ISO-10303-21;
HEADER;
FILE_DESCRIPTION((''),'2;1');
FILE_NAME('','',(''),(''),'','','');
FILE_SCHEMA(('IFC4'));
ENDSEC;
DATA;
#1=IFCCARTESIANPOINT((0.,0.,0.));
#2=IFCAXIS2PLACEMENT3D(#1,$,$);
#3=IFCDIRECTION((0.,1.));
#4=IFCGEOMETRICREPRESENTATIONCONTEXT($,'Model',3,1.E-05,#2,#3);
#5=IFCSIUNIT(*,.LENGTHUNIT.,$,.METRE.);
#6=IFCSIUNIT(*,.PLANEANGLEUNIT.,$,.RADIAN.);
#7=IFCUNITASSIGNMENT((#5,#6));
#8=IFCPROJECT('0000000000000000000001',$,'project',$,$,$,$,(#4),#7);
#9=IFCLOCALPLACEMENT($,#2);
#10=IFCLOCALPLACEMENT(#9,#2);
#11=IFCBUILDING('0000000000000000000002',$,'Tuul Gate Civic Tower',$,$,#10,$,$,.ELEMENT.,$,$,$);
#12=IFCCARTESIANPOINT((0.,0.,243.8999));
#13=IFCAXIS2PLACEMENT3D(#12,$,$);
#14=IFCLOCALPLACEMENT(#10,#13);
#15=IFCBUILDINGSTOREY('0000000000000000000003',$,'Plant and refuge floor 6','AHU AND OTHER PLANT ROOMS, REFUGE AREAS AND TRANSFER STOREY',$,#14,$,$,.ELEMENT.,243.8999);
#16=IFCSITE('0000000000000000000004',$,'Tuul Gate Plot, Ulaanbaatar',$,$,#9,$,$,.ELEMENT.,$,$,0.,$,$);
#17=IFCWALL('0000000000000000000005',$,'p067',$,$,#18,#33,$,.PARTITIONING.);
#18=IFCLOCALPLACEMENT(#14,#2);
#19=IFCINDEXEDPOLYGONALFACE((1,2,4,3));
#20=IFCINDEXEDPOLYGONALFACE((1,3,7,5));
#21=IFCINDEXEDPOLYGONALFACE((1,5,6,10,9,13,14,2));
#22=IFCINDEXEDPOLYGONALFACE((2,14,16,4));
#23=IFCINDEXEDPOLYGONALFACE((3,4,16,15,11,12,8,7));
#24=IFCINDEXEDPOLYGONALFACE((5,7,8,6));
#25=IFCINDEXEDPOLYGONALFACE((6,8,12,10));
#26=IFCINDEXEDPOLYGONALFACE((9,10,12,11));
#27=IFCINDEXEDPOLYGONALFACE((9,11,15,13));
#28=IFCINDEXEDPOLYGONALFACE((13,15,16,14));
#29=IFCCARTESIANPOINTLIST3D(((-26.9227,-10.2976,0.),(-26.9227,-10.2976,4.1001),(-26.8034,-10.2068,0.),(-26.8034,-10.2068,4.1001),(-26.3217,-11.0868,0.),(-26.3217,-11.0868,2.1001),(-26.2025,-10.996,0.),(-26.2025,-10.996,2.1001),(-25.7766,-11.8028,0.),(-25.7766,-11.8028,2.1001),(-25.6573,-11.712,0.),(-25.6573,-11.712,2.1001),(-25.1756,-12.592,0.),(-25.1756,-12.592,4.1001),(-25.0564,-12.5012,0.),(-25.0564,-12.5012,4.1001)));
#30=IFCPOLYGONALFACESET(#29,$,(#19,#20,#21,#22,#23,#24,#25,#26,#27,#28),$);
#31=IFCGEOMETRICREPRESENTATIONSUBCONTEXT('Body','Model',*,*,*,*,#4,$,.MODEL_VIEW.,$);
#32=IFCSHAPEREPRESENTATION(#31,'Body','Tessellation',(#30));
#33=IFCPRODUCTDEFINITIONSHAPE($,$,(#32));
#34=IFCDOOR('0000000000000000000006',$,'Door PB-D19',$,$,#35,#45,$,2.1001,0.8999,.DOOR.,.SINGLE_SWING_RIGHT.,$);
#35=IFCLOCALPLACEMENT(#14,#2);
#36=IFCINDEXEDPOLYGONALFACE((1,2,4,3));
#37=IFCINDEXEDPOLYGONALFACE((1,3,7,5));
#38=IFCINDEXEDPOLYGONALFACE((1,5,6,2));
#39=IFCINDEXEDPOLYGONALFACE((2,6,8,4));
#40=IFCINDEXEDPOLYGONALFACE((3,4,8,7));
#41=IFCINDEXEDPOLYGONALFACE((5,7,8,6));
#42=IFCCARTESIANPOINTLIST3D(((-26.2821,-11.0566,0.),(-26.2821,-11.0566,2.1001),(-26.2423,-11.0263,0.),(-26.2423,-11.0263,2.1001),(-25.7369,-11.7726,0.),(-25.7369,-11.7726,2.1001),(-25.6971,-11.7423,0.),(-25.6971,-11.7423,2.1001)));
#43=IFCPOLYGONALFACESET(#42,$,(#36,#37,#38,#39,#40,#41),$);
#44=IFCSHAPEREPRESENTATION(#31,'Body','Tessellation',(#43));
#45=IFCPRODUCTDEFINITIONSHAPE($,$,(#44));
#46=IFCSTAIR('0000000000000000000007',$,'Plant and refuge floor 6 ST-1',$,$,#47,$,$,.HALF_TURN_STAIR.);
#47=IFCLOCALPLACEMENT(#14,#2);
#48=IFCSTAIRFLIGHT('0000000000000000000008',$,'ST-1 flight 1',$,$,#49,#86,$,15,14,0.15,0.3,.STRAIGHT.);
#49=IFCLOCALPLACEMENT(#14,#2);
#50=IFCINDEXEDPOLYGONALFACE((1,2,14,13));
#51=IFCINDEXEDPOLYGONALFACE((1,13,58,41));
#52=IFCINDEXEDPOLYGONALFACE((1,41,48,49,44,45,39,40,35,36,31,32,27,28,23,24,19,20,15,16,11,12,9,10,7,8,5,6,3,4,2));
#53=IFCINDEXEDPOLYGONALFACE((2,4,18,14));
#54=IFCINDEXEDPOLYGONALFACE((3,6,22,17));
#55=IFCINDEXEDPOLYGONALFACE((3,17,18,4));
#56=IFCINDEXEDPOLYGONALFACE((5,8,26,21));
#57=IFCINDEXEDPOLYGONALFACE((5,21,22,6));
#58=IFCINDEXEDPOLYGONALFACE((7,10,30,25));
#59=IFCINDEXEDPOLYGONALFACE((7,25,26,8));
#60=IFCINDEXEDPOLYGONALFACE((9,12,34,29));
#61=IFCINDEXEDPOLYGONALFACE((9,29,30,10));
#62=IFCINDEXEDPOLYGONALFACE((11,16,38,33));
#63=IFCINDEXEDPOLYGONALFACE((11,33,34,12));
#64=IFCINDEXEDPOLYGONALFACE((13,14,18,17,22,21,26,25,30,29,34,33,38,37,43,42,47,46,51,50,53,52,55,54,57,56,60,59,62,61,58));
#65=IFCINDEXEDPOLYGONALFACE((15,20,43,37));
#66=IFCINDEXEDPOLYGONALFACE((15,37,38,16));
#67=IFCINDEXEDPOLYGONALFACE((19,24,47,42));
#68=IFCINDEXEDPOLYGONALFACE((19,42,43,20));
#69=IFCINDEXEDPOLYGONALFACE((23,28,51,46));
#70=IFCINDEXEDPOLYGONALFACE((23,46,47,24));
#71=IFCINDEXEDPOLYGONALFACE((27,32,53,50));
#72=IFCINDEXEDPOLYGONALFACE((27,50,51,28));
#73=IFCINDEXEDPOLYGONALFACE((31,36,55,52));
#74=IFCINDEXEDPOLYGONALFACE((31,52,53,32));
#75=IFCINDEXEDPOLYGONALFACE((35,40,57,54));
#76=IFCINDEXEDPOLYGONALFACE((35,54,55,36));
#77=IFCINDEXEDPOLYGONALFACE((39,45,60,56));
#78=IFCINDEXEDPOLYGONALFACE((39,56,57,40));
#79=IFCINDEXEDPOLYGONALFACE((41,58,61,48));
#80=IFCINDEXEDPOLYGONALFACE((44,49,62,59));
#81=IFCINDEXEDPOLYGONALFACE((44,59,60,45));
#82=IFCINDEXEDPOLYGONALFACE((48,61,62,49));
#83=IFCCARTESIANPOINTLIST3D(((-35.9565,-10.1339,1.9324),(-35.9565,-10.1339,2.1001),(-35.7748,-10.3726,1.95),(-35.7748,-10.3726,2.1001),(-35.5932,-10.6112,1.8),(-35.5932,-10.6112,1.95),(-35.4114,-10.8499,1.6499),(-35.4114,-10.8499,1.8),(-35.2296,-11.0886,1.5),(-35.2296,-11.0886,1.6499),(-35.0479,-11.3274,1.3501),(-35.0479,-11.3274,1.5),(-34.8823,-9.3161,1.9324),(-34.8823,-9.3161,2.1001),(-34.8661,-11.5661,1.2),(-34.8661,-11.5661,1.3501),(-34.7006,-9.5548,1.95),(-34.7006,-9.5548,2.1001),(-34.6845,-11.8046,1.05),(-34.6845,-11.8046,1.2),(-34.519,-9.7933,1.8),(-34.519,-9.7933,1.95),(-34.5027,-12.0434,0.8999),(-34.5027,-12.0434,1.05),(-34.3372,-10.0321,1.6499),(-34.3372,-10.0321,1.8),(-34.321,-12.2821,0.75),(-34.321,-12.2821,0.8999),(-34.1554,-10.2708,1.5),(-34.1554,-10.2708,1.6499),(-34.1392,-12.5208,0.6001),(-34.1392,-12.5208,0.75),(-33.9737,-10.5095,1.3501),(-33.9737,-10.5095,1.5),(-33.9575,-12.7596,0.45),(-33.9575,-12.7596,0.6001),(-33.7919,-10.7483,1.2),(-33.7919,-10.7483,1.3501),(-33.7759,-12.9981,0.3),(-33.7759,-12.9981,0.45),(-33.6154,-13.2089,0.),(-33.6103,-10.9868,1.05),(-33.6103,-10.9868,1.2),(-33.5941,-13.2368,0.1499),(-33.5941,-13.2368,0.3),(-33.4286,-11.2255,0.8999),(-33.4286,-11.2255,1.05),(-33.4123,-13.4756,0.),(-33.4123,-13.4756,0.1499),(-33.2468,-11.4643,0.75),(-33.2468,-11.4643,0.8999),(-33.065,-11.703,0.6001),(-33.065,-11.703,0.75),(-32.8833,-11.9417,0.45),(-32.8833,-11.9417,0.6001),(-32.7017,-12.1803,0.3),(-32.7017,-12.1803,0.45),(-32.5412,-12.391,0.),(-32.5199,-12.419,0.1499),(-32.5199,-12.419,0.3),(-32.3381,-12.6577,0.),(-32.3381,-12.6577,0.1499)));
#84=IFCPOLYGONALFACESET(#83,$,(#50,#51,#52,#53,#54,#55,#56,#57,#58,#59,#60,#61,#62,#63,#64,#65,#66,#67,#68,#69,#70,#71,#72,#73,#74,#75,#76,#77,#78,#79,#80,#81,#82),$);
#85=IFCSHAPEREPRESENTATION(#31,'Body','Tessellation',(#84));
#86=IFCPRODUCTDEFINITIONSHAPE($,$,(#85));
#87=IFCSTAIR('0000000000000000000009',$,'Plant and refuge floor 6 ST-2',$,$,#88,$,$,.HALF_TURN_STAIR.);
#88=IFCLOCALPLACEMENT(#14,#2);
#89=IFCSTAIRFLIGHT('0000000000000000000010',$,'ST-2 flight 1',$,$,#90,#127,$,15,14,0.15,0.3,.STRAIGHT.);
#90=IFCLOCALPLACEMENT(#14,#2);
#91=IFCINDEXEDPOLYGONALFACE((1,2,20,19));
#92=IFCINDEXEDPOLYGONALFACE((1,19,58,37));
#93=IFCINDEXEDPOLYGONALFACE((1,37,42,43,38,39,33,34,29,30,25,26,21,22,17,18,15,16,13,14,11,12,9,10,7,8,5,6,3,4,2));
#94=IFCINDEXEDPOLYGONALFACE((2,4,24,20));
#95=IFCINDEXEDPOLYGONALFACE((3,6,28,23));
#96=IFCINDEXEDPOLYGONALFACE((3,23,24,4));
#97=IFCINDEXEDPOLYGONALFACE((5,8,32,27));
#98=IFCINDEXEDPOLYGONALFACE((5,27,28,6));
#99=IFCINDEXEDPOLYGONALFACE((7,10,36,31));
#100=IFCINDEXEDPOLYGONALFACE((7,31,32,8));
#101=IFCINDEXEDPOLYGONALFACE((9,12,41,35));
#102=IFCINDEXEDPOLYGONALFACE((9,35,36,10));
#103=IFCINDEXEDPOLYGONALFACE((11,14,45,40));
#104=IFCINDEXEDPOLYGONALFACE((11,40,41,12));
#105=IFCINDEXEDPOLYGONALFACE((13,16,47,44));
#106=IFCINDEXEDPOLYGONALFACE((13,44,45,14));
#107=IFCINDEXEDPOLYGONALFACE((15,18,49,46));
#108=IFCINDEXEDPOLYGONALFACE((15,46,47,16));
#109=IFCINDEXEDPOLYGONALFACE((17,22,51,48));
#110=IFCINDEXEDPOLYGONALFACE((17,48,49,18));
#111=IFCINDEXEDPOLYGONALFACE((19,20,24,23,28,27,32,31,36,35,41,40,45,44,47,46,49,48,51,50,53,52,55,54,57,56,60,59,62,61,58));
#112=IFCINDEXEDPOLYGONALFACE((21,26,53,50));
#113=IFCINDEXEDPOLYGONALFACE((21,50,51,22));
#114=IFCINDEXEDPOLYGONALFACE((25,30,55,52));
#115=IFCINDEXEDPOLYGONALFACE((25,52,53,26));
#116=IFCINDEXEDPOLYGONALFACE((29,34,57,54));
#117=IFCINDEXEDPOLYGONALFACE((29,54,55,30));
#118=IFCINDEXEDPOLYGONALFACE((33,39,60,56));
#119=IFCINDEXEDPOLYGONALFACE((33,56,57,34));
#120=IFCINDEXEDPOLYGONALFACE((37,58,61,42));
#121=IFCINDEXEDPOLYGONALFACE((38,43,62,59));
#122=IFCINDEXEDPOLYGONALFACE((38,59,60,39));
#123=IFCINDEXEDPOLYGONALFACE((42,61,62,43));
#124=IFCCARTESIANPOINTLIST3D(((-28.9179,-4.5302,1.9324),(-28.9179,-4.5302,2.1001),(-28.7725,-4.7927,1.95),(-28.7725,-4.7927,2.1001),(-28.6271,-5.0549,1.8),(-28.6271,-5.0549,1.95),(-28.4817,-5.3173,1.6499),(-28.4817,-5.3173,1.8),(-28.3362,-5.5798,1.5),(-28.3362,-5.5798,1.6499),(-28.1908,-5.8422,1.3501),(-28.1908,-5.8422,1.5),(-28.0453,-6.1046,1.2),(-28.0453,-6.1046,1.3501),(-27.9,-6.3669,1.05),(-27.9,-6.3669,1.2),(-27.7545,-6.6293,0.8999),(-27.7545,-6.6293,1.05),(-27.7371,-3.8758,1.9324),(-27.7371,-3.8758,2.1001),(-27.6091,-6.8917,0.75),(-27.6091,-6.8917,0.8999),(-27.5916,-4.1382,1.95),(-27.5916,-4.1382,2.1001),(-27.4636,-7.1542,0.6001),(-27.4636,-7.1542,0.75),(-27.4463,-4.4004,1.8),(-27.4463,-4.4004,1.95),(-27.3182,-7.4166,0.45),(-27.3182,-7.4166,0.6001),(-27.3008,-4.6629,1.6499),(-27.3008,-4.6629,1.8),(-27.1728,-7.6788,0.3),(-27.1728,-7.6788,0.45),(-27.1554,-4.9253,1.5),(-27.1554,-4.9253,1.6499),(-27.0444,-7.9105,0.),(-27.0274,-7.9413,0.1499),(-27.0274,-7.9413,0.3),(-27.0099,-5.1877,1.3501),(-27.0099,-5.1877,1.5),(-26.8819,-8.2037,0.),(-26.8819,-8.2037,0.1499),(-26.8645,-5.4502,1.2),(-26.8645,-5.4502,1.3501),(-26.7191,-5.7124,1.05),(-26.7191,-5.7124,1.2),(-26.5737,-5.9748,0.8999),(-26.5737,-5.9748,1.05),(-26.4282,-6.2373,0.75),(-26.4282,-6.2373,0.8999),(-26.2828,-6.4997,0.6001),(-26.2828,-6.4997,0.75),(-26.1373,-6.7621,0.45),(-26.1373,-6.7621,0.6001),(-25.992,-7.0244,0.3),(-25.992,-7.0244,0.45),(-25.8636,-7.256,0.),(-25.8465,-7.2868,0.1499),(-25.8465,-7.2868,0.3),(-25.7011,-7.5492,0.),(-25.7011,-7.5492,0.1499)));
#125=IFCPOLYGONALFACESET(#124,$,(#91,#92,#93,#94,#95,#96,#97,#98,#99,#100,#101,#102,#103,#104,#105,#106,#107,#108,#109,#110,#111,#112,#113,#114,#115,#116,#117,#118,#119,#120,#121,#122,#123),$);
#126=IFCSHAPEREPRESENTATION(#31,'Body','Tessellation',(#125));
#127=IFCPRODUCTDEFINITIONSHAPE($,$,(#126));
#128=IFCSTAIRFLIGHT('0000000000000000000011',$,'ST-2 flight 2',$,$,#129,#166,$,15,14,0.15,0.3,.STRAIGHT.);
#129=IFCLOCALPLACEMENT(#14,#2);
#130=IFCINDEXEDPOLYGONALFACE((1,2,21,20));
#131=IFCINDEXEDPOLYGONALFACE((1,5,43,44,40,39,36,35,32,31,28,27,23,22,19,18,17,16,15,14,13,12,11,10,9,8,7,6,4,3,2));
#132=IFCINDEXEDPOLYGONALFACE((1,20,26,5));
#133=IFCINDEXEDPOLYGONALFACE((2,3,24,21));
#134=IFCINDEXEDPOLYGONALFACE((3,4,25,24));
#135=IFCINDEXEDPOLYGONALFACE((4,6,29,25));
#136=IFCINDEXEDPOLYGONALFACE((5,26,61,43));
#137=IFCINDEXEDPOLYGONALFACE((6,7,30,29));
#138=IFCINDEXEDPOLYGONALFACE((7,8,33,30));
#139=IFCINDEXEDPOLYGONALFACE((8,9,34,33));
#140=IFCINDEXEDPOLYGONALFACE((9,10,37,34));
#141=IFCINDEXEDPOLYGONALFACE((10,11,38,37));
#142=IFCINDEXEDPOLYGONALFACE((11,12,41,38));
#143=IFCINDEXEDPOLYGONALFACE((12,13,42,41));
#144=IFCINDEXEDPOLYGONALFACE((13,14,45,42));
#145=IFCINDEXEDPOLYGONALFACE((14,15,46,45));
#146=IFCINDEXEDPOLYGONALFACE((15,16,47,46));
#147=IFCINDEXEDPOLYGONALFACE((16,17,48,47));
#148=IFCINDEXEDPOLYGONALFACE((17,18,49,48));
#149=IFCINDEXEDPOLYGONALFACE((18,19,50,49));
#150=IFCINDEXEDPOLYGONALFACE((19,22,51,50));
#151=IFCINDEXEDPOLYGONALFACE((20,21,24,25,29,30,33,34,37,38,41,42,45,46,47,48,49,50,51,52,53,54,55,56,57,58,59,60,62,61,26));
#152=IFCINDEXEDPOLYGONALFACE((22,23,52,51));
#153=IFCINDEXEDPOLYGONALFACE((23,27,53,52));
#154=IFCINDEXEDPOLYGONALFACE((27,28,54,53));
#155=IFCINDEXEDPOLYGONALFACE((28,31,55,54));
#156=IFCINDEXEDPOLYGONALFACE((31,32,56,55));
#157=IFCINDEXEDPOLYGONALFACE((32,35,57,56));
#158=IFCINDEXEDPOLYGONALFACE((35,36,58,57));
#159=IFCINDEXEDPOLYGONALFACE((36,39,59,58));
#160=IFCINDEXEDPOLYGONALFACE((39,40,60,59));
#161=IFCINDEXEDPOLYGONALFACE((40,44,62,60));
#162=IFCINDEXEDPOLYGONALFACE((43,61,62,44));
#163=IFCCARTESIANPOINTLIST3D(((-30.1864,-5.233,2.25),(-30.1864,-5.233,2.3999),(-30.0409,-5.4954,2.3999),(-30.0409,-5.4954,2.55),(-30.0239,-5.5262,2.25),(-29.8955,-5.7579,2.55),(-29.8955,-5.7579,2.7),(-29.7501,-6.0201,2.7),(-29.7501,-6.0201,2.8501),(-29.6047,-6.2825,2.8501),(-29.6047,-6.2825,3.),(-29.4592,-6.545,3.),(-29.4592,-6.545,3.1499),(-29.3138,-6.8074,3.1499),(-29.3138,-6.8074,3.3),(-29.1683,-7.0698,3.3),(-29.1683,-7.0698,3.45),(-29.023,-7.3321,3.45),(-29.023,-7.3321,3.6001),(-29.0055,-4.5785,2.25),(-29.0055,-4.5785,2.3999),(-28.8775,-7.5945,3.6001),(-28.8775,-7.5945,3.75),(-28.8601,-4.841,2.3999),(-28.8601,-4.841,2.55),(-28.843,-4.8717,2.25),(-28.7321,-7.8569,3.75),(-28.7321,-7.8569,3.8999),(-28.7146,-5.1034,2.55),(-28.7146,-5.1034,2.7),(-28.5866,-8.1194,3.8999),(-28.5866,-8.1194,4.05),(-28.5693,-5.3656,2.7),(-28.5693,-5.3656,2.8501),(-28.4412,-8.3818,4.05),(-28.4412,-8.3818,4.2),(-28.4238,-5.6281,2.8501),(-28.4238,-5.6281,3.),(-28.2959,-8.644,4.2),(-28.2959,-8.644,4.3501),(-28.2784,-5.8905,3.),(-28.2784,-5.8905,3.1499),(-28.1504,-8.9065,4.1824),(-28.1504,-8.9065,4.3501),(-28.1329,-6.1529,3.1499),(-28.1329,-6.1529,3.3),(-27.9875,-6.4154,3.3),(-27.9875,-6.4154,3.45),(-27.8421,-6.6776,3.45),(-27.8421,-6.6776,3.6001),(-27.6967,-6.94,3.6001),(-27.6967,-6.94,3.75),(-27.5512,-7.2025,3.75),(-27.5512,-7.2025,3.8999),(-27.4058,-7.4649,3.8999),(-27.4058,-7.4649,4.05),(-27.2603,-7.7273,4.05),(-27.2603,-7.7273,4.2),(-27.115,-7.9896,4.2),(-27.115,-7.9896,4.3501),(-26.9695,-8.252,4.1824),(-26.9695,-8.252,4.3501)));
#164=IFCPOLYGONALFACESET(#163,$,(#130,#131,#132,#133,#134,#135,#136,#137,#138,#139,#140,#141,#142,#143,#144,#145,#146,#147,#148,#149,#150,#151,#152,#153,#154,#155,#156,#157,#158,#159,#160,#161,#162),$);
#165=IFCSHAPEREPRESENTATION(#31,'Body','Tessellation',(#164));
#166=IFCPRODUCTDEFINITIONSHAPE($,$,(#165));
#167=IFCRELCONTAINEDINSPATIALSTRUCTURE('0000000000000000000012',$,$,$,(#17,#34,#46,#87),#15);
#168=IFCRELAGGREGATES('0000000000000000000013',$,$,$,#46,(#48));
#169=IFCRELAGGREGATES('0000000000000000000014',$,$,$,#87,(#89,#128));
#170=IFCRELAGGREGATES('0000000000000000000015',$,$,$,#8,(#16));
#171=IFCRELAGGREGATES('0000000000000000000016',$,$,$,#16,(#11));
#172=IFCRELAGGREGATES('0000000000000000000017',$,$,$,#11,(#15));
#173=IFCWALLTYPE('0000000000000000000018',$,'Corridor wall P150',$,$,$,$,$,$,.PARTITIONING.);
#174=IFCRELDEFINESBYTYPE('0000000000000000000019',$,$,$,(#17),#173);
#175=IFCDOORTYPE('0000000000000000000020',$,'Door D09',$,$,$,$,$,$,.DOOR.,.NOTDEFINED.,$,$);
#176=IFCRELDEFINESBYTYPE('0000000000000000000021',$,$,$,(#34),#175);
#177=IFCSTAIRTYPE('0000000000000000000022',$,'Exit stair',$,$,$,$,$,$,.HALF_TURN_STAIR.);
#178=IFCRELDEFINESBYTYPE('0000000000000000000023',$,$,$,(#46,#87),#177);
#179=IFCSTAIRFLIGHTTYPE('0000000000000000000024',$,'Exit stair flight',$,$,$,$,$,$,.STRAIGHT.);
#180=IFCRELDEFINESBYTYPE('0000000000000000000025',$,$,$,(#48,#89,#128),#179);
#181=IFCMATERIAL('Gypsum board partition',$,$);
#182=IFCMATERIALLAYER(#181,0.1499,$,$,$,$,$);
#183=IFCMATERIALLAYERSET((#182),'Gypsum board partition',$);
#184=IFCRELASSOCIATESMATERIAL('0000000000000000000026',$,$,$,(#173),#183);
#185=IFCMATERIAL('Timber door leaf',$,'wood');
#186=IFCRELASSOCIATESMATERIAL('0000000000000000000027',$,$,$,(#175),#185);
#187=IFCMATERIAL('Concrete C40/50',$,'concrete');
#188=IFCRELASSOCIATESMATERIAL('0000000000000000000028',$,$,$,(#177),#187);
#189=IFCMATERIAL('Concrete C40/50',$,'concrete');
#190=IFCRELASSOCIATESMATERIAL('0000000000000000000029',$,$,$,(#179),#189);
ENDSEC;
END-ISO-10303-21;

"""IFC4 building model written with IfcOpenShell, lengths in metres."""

from ifc_helpers import new_model, si_unit, direction, frame, frame_2d, origin, place, context, subcontext, project, spatial, polyline, rectangle, outline, extrude, material, layer, layer_set, type_object, element, fill, aggregate, save


model = new_model("IFC4")

# Units and contexts
model_context = context("Model", 3, precision=1e-05, world=origin(), true_north=direction((0.0, 1.0)))
body_context = subcontext(model_context, "Body", "Model", "MODEL_VIEW")
ifc_project = project(units=[si_unit("LENGTHUNIT", "METRE"), si_unit("PLANEANGLEUNIT", "RADIAN")], contexts=[model_context])

# Site, building, storey
site_placement = place(None, origin())
site = spatial("IfcSite", under=ifc_project, at=site_placement, Name="Tuul Gate Plot, Ulaanbaatar", CompositionType="ELEMENT", RefElevation=0.0)
building_placement = place(site_placement, origin())
building = spatial("IfcBuilding", under=site, at=building_placement, Name="Tuul Gate Civic Tower", CompositionType="ELEMENT")
storey_placement = place(building_placement, frame((0.0, 0.0, 243.8999)))
storey = spatial("IfcBuildingStorey", under=building, at=storey_placement, Name="Plant and refuge floor 6", Description="AHU AND OTHER PLANT ROOMS, REFUGE AREAS AND TRANSFER STOREY", CompositionType="ELEMENT", Elevation=243.8999)

# Wall, opening, door
ifc_material_1 = material(Name="Gypsum board partition")
ifc_layer_1 = layer(ifc_material_1, 0.1499)
ifc_layer_set_1 = layer_set([ifc_layer_1], Name="Gypsum board partition")
wall_type_1 = type_object("IfcWallType", Name="Corridor wall P150", PredefinedType="PARTITIONING", material=ifc_layer_set_1)
wall_1_placement = place(storey_placement, frame((-26.863, -10.2522, 0.0), z_axis=(0.0, 0.0, 1.0), x_axis=(0.605809, -0.79561, 0.0)))
wall_1 = element("IfcWall", 1, at=wall_1_placement, inside=storey, type_object=wall_type_1, Name="p067", PredefinedType="PARTITIONING", context=body_context, shape_type="SweptSolid", body=[
    extrude(rectangle(XDim=2.8838, YDim=0.1499, at=frame_2d((1.4419, 0.0))), origin(), (0.0, 0.0, 1.0), 4.1001),
])
opening_1_placement = place(wall_1_placement, frame((0.9919, 0.0, 0.0)))
opening_1 = element("IfcOpeningElement", 2, at=opening_1_placement, cuts=wall_1, PredefinedType="OPENING", context=body_context, shape_type="SweptSolid", body=[
    extrude(rectangle(XDim=0.8999, YDim=2.1001, at=frame_2d((0.45, 1.05))), frame((0.0, 0.085, 0.0), z_axis=(0.0, -1.0, 0.0), x_axis=(1.0, 0.0, 0.0)), (0.0, 0.0, 1.0), 0.1699),
])
ifc_material_2 = material(Name="Timber door leaf", Category="wood")
door_type_1 = type_object("IfcDoorType", Name="Door D09", OperationType="NOTDEFINED", PredefinedType="DOOR", material=ifc_material_2)
door_1_placement = place(opening_1_placement, origin())
door_1 = element("IfcDoor", 3, at=door_1_placement, inside=storey, type_object=door_type_1, Name="Door PB-D19", OperationType="SINGLE_SWING_RIGHT", OverallHeight=2.1001, OverallWidth=0.8999, PredefinedType="DOOR", context=body_context, shape_type="SweptSolid", body=[
    extrude(rectangle(XDim=0.8999, YDim=2.1001, at=frame_2d((0.45, 1.05))), frame((0.0, 0.0249, 0.0), z_axis=(0.0, -1.0, 0.0), x_axis=(1.0, 0.0, 0.0)), (0.0, 0.0, 1.0), 0.05),
])
fill(opening_1, door_1)

# Stair, stair flight
ifc_material_3 = material(Name="Concrete C40/50", Category="concrete")
stair_type = type_object("IfcStairType", Name="Exit stair", PredefinedType="HALF_TURN_STAIR", material=ifc_material_3)
stair_1_placement = place(storey_placement, origin())
stair_1 = element("IfcStair", 4, at=stair_1_placement, inside=storey, type_object=stair_type, Name="Plant and refuge floor 6 ST-1", PredefinedType="HALF_TURN_STAIR")
ifc_material_4 = material(Name="Concrete C40/50", Category="concrete")
stair_flight_type = type_object("IfcStairFlightType", Name="Exit stair flight", PredefinedType="STRAIGHT", material=ifc_material_4)
stair_flight_1_placement = place(storey_placement, frame((-32.8752, -13.0667, 0.0), z_axis=(0.0, 0.0, 1.0), x_axis=(-0.605764, 0.795644, 0.0)))
stair_flight_1 = element("IfcStairFlight", 5, at=stair_flight_1_placement, type_object=stair_flight_type, Name="ST-1 flight 1", NumberOfRisers=15, NumberOfTreads=14, PredefinedType="STRAIGHT", RiserHeight=0.15, TreadLength=0.3, context=body_context, shape_type="SweptSolid", body=[
    extrude(outline(polyline([(0.0, 0.0), (0.0, 0.1499), (0.3, 0.1499), (0.3, 0.3), (0.6001, 0.3), (0.6001, 0.45), (0.8999, 0.45), (0.8999, 0.6001), (1.2, 0.6001), (1.2, 0.75), (1.5, 0.75), (1.5, 0.8999), (1.8, 0.8999), (1.8, 1.05), (2.1001, 1.05), (2.1001, 1.2), (2.3999, 1.2), (2.3999, 1.3501), (2.7, 1.3501), (2.7, 1.5), (3.0, 1.5), (3.0, 1.6499), (3.3, 1.6499), (3.3, 1.8), (3.6001, 1.8), (3.6001, 1.95), (3.8999, 1.95), (3.8999, 2.1001), (4.2, 2.1001), (4.2, 2.25), (4.2, 1.9324), (0.3352, 0.0), (0.0, 0.0)])), frame((0.0, 0.675, 0.0), z_axis=(0.0, -1.0, 0.0), x_axis=(1.0, 0.0, 0.0)), (0.0, 0.0, 1.0), 1.3501),
])
aggregate(stair_1, [stair_flight_1])

# Stair, stair flights
stair_2_placement = place(storey_placement, origin())
stair_2 = element("IfcStair", 6, at=stair_2_placement, inside=storey, type_object=stair_type, Name="Plant and refuge floor 6 ST-2", PredefinedType="HALF_TURN_STAIR")
stair_flight_2_placement = place(storey_placement, frame((-26.2915, -7.8765, 0.0), z_axis=(0.0, 0.0, 1.0), x_axis=(-0.484762, 0.874646, 0.0)))
stair_flight_2 = element("IfcStairFlight", 7, at=stair_flight_2_placement, type_object=stair_flight_type, Name="ST-2 flight 1", NumberOfRisers=15, NumberOfTreads=14, PredefinedType="STRAIGHT", RiserHeight=0.15, TreadLength=0.3, context=body_context, shape_type="SweptSolid", body=[
    extrude(outline(polyline([(0.0, 0.0), (0.0, 0.1499), (0.3, 0.1499), (0.3, 0.3), (0.6001, 0.3), (0.6001, 0.45), (0.8999, 0.45), (0.8999, 0.6001), (1.2, 0.6001), (1.2, 0.75), (1.5, 0.75), (1.5, 0.8999), (1.8, 0.8999), (1.8, 1.05), (2.1001, 1.05), (2.1001, 1.2), (2.3999, 1.2), (2.3999, 1.3501), (2.7, 1.3501), (2.7, 1.5), (3.0, 1.5), (3.0, 1.6499), (3.3, 1.6499), (3.3, 1.8), (3.6001, 1.8), (3.6001, 1.95), (3.8999, 1.95), (3.8999, 2.1001), (4.2, 2.1001), (4.2, 2.25), (4.2, 1.9324), (0.3352, 0.0), (0.0, 0.0)])), frame((0.0, 0.675, 0.0), z_axis=(0.0, -1.0, 0.0), x_axis=(1.0, 0.0, 0.0)), (0.0, 0.0, 1.0), 1.3501),
])
stair_flight_3_placement = place(storey_placement, frame((-29.5959, -4.9058, 2.25), z_axis=(0.0, 0.0, 1.0), x_axis=(0.484762, -0.874646, 0.0)))
stair_flight_3 = element("IfcStairFlight", 8, at=stair_flight_3_placement, type_object=stair_flight_type, Name="ST-2 flight 2", NumberOfRisers=15, NumberOfTreads=14, PredefinedType="STRAIGHT", RiserHeight=0.15, TreadLength=0.3, context=body_context, shape_type="SweptSolid", body=[
    extrude(outline(polyline([(0.0, 0.0), (0.0, 0.1499), (0.3, 0.1499), (0.3, 0.3), (0.6001, 0.3), (0.6001, 0.45), (0.8999, 0.45), (0.8999, 0.6001), (1.2, 0.6001), (1.2, 0.75), (1.5, 0.75), (1.5, 0.8999), (1.8, 0.8999), (1.8, 1.05), (2.1001, 1.05), (2.1001, 1.2), (2.3999, 1.2), (2.3999, 1.3501), (2.7, 1.3501), (2.7, 1.5), (3.0, 1.5), (3.0, 1.6499), (3.3, 1.6499), (3.3, 1.8), (3.6001, 1.8), (3.6001, 1.95), (3.8999, 1.95), (3.8999, 2.1001), (4.2, 2.1001), (4.2, 2.25), (4.2, 1.9324), (0.3352, 0.0), (0.0, 0.0)])), frame((0.0, 0.675, 0.0), z_axis=(0.0, -1.0, 0.0), x_axis=(1.0, 0.0, 0.0)), (0.0, 0.0, 1.0), 1.3501),
])
aggregate(stair_2, [stair_flight_2, stair_flight_3])

save(model, "model.ifc")
